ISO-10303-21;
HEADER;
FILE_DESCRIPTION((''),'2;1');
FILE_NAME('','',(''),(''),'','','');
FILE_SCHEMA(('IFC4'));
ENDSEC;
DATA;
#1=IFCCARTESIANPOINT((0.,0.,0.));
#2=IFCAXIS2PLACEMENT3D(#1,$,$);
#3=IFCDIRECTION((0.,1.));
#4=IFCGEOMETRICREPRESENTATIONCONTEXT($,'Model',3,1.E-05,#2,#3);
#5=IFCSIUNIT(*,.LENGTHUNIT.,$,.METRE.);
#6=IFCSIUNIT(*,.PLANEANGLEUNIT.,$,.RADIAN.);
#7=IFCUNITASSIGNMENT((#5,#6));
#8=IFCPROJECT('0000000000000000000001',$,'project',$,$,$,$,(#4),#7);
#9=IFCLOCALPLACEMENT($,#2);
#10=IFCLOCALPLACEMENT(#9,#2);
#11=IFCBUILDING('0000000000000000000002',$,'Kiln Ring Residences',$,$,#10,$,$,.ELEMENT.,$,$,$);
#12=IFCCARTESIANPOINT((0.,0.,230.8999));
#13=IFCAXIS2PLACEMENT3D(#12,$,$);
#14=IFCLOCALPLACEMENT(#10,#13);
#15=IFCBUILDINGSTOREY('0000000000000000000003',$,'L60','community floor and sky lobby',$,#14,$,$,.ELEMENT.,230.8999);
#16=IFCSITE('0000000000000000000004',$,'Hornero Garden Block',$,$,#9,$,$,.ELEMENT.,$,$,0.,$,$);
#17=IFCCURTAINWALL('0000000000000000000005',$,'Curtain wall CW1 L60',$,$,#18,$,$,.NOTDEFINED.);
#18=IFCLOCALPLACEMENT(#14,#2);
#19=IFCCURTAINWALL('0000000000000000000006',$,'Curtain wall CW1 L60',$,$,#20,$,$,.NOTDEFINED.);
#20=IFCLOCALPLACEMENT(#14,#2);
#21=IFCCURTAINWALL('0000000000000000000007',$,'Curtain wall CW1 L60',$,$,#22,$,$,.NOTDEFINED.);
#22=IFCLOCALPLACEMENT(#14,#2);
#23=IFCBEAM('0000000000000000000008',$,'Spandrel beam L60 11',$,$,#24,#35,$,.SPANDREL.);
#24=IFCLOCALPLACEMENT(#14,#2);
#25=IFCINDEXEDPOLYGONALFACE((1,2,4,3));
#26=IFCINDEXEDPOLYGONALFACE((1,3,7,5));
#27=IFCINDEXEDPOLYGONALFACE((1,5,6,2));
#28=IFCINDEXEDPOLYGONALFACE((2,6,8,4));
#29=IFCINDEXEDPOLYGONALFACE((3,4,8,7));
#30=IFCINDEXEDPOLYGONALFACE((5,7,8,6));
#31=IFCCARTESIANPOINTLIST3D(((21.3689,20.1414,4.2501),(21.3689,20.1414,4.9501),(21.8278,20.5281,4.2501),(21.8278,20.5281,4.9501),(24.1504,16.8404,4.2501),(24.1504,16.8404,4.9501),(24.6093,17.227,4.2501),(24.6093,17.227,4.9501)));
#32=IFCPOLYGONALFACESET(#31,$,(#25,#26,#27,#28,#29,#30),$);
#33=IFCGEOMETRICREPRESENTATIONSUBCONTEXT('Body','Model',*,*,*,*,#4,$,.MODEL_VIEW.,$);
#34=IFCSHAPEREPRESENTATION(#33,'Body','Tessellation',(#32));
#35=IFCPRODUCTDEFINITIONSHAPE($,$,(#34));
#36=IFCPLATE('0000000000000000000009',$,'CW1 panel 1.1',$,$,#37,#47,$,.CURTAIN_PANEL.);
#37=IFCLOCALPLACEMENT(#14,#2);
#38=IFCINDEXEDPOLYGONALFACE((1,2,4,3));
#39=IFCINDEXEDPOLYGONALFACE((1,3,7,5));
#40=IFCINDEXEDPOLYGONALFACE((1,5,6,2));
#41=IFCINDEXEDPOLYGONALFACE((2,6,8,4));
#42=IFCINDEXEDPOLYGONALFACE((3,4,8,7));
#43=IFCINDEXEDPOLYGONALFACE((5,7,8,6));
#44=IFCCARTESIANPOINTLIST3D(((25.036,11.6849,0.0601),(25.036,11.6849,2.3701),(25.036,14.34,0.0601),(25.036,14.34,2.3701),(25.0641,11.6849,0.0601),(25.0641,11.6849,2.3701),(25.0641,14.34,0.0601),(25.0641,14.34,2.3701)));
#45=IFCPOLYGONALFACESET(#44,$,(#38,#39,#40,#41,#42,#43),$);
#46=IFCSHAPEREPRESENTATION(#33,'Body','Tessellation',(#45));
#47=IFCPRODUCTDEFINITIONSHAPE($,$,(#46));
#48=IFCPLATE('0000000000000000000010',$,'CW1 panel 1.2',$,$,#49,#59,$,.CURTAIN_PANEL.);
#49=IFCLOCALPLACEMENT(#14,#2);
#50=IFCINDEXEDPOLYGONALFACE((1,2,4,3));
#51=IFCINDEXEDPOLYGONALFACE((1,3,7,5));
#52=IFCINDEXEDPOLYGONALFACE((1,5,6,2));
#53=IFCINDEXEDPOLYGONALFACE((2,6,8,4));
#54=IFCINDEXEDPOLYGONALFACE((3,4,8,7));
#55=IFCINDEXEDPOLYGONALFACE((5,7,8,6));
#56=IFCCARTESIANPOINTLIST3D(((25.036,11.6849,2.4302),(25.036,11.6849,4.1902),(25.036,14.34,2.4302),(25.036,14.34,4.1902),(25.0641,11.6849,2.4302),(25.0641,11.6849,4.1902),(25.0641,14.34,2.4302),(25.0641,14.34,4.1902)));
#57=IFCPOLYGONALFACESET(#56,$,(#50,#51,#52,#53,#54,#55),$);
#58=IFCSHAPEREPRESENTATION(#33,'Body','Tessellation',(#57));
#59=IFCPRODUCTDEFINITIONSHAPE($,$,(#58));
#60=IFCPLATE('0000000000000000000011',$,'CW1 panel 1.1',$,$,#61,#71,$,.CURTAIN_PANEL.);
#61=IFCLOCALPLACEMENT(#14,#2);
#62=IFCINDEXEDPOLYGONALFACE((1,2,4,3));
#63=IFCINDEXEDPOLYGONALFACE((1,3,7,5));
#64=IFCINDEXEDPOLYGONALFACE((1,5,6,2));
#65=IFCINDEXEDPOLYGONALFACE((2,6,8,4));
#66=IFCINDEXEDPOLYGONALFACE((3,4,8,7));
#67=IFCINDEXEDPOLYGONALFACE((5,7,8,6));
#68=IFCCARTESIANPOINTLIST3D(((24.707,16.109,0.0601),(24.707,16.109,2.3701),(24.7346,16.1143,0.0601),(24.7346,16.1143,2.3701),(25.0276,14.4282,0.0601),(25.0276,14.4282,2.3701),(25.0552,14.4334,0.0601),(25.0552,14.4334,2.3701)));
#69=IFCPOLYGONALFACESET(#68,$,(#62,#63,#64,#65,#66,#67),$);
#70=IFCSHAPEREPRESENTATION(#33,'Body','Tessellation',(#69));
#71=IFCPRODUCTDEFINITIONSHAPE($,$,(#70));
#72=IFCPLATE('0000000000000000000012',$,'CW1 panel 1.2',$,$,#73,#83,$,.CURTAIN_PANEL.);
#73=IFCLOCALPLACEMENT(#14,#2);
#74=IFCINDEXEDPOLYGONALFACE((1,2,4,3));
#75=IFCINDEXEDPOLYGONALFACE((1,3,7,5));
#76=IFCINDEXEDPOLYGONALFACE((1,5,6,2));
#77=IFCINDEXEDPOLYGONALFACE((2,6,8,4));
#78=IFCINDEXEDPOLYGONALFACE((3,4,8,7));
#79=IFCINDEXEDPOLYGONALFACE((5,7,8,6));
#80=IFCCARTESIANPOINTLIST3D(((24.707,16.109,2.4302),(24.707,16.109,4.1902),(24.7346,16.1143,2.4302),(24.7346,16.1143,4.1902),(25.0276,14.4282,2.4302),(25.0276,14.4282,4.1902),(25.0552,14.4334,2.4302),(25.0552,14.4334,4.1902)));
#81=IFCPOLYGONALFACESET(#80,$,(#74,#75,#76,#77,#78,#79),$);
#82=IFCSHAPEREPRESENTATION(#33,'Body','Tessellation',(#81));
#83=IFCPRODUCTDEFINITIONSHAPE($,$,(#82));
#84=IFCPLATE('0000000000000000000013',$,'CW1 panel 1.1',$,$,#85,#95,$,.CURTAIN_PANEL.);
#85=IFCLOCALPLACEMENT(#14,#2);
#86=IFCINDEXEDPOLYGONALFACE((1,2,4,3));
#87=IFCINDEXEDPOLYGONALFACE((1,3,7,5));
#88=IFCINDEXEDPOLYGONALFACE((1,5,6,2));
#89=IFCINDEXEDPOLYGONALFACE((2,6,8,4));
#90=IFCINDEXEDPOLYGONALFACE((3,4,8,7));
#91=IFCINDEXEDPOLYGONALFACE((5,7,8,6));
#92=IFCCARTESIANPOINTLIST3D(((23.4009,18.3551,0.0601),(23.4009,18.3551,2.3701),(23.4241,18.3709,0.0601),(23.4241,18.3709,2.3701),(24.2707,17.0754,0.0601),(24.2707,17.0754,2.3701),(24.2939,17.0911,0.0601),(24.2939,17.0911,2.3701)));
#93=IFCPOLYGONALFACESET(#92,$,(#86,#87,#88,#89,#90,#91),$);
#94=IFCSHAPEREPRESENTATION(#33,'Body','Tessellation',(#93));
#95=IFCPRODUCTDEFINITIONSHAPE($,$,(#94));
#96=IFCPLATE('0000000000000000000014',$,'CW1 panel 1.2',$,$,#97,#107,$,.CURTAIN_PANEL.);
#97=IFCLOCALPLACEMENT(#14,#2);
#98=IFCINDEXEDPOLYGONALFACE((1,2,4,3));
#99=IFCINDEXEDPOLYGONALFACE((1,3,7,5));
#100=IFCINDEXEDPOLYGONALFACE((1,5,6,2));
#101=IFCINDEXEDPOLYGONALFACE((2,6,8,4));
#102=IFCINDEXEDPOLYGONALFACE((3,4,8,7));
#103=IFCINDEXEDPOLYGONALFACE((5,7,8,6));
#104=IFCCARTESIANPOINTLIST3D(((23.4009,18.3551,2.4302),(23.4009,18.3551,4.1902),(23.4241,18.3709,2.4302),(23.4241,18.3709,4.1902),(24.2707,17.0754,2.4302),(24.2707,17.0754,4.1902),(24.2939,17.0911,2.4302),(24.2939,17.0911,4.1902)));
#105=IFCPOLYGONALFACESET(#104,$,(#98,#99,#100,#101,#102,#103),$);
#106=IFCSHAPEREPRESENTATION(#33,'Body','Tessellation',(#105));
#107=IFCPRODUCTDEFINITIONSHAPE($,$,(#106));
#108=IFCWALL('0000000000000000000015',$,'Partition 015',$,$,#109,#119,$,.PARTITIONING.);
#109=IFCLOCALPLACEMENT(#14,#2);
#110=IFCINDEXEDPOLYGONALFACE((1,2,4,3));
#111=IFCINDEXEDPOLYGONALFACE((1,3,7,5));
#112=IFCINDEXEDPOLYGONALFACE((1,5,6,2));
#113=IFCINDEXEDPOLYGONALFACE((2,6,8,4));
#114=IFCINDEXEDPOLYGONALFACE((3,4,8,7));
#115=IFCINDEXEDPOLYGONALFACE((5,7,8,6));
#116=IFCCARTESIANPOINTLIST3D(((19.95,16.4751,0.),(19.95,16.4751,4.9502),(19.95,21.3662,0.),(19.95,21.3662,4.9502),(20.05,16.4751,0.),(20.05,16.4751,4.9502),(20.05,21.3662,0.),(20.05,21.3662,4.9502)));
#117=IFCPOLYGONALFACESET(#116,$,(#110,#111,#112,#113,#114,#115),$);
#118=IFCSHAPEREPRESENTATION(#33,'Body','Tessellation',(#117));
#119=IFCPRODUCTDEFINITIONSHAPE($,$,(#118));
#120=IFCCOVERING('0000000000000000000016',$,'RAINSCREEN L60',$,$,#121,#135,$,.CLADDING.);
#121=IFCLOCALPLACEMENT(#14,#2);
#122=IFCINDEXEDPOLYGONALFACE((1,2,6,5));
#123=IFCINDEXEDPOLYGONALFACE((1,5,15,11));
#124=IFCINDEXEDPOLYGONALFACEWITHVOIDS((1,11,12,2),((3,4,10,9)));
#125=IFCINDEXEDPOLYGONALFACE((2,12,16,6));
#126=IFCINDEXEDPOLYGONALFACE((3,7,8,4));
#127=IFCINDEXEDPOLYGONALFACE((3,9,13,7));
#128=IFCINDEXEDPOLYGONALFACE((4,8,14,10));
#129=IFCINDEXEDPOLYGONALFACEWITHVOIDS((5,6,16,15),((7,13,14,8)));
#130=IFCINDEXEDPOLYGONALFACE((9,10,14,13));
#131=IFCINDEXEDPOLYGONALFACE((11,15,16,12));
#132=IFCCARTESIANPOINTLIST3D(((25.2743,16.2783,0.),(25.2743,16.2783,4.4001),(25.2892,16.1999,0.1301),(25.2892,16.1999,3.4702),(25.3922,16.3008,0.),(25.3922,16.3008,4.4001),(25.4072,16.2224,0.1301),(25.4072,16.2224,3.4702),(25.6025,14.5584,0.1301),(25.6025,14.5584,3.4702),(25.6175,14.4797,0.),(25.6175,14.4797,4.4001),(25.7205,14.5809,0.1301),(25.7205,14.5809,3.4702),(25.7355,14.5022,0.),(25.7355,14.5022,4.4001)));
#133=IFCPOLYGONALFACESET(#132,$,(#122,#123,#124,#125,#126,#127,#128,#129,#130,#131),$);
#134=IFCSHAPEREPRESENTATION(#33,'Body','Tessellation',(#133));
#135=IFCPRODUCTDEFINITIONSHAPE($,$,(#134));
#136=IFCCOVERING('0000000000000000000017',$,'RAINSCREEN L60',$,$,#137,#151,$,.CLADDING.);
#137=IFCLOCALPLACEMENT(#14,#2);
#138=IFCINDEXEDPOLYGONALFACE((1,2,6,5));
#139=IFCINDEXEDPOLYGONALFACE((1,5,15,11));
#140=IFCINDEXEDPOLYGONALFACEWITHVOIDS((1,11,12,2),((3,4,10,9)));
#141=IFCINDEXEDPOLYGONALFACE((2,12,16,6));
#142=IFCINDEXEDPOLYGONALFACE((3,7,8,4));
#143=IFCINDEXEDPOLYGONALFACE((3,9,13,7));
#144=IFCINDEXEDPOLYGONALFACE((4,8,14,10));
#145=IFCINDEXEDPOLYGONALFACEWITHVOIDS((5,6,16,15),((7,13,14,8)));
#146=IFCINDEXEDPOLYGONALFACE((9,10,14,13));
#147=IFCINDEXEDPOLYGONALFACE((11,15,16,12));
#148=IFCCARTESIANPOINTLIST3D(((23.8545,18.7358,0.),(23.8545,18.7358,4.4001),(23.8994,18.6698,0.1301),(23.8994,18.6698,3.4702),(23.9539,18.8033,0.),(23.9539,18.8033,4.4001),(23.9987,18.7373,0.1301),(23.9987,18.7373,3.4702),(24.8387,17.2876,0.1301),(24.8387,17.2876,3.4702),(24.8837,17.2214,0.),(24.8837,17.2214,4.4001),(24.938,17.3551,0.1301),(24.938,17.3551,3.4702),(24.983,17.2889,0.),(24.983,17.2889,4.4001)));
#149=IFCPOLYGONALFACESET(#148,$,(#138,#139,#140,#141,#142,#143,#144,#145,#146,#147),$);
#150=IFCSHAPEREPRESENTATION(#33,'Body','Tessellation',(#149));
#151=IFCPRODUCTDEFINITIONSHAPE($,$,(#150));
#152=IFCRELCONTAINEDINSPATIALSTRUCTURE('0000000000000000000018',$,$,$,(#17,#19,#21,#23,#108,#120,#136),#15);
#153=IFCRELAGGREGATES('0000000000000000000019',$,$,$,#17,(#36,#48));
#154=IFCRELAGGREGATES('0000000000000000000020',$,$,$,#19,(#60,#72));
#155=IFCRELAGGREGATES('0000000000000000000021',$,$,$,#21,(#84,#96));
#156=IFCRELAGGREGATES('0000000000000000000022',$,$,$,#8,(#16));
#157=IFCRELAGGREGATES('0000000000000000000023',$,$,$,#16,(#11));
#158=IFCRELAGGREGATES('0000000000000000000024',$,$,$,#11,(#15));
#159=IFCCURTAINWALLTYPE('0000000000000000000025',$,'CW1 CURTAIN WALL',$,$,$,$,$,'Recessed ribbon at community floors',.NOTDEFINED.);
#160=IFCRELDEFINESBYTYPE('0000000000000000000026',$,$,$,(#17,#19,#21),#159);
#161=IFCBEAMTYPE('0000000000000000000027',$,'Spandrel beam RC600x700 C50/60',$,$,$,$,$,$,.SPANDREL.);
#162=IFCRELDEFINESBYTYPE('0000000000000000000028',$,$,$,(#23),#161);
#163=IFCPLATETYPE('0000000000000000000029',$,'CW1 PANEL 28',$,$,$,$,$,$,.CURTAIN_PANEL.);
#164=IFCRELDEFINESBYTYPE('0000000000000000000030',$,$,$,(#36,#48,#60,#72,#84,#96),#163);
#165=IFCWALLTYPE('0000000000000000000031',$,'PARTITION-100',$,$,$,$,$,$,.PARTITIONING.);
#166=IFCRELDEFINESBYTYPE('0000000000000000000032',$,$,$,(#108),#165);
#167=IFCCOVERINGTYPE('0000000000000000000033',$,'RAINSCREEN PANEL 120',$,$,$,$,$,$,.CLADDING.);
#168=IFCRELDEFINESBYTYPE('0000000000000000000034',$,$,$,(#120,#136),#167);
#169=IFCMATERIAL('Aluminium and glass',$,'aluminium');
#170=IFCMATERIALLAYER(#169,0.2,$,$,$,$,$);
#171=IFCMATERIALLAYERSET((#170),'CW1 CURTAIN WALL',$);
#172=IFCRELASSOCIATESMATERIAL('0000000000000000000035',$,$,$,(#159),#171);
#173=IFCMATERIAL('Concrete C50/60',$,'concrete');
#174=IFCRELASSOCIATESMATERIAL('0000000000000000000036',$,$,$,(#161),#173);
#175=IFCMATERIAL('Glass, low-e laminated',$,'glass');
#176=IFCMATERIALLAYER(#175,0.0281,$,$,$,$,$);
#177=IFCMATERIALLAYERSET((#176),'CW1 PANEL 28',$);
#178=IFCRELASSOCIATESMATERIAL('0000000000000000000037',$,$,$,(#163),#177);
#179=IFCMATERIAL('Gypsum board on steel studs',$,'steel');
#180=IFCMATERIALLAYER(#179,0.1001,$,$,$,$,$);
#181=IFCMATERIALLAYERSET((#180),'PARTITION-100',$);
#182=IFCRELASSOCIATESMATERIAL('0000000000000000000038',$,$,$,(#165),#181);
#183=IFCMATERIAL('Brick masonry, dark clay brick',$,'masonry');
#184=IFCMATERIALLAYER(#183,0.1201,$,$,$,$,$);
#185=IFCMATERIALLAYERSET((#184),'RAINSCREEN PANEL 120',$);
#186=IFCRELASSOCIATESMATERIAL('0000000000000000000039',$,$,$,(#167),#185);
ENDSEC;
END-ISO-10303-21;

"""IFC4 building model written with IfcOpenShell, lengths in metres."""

from ifc_helpers import new_model, si_unit, direction, frame, frame_2d, origin, origin_2d, place, context, subcontext, project, spatial, polyline, rectangle, outline, extrude, material, layer, layer_set, material_profile, profile_set, type_object, element, aggregate, save


model = new_model("IFC4")

# Units and contexts
model_context = context("Model", 3, precision=1e-05, world=origin(), true_north=direction((0.0, 1.0)))
body_context = subcontext(model_context, "Body", "Model", "MODEL_VIEW")
ifc_project = project(units=[si_unit("LENGTHUNIT", "METRE"), si_unit("PLANEANGLEUNIT", "RADIAN")], contexts=[model_context])

# Site, building, storey
site_placement = place(None, origin())
site = spatial("IfcSite", under=ifc_project, at=site_placement, Name="Hornero Garden Block", CompositionType="ELEMENT", RefElevation=0.0)
building_placement = place(site_placement, origin())
building = spatial("IfcBuilding", under=site, at=building_placement, Name="Kiln Ring Residences", CompositionType="ELEMENT")
storey_placement = place(building_placement, frame((0.0, 0.0, 230.8999)))
storey = spatial("IfcBuildingStorey", under=building, at=storey_placement, Name="L60", Description="community floor and sky lobby", CompositionType="ELEMENT", Elevation=230.8999)

# Curtain wall
ifc_material_1 = material(Name="Aluminium and glass", Category="aluminium")
ifc_layer_1 = layer(ifc_material_1, 0.2)
ifc_layer_set_1 = layer_set([ifc_layer_1], Name="CW1 CURTAIN WALL")
curtain_wall_type = type_object("IfcCurtainWallType", Name="CW1 CURTAIN WALL", ElementType="Recessed ribbon at community floors", PredefinedType="NOTDEFINED", material=ifc_layer_set_1)
placement = place(storey_placement, origin())
curtain_wall_1 = element("IfcCurtainWall", 1, at=placement, inside=storey, type_object=curtain_wall_type, Name="Curtain wall CW1 L60", PredefinedType="NOTDEFINED")

# Curtain walls
curtain_wall_2 = element("IfcCurtainWall", 2, at=placement, inside=storey, type_object=curtain_wall_type, Name="Curtain wall CW1 L60", PredefinedType="NOTDEFINED")
curtain_wall_3 = element("IfcCurtainWall", 3, at=placement, inside=storey, type_object=curtain_wall_type, Name="Curtain wall CW1 L60", PredefinedType="NOTDEFINED")

# Beam
ifc_material_2 = material(Name="Concrete C50/60", Category="concrete")
ifc_material_profile_1 = material_profile(ifc_material_2, rectangle(XDim=0.6001, YDim=0.7, at=origin_2d()), Name="RC600x700")
ifc_profile_set_1 = profile_set([ifc_material_profile_1], Name="Concrete C50/60")
beam_type = type_object("IfcBeamType", Name="Spandrel beam RC600x700 C50/60", PredefinedType="SPANDREL", material=ifc_profile_set_1)
beam_placement = place(storey_placement, frame((24.3799, 17.0337, 4.6001), z_axis=(-0.644364, 0.764719, 0.0), x_axis=(-0.764719, -0.644364, 0.0)))
element("IfcBeam", 4, at=beam_placement, inside=storey, type_object=beam_type, Name="Spandrel beam L60 11", PredefinedType="SPANDREL", context=body_context, shape_type="SweptSolid", body=[
    extrude(rectangle(XDim=0.6001, YDim=0.7, at=origin_2d()), origin(), (0.0, 0.0, 1.0), 4.3167),
])

# Plates
ifc_material_3 = material(Name="Glass, low-e laminated", Category="glass")
ifc_layer_2 = layer(ifc_material_3, 0.0281)
ifc_layer_set_2 = layer_set([ifc_layer_2], Name="CW1 PANEL 28")
plate_type = type_object("IfcPlateType", Name="CW1 PANEL 28", PredefinedType="CURTAIN_PANEL", material=ifc_layer_set_2)
plate_1_placement = place(storey_placement, frame((25.05, 13.0125, 0.0601), z_axis=(0.0, 0.0, 1.0), x_axis=(0.0, 1.0, 0.0)))
plate_1 = element("IfcPlate", 5, at=plate_1_placement, type_object=plate_type, Name="CW1 panel 1.1", PredefinedType="CURTAIN_PANEL", context=body_context, shape_type="SweptSolid", body=[
    extrude(rectangle(XDim=2.655, YDim=0.0281, at=origin_2d()), origin(), (0.0, 0.0, 1.0), 2.3101),
])
plate_2_placement = place(storey_placement, frame((25.05, 13.0125, 2.4302), z_axis=(0.0, 0.0, 1.0), x_axis=(0.0, 1.0, 0.0)))
plate_2 = element("IfcPlate", 6, at=plate_2_placement, type_object=plate_type, Name="CW1 panel 1.2", PredefinedType="CURTAIN_PANEL", context=body_context, shape_type="SweptSolid", body=[
    extrude(rectangle(XDim=2.655, YDim=0.0281, at=origin_2d()), origin(), (0.0, 0.0, 1.0), 1.76),
])
aggregate(curtain_wall_1, [plate_1, plate_2])
plate_3_placement = place(storey_placement, frame((24.8811, 15.2712, 0.0601), z_axis=(0.0, 0.0, 1.0), x_axis=(-0.187366, 0.98229, 0.0)))
plate_3 = element("IfcPlate", 7, at=plate_3_placement, type_object=plate_type, Name="CW1 panel 1.1", PredefinedType="CURTAIN_PANEL", context=body_context, shape_type="SweptSolid", body=[
    extrude(rectangle(XDim=1.7112, YDim=0.0281, at=origin_2d()), origin(), (0.0, 0.0, 1.0), 2.3101),
])
plate_4_placement = place(storey_placement, frame((24.8811, 15.2712, 2.4302), z_axis=(0.0, 0.0, 1.0), x_axis=(-0.187366, 0.98229, 0.0)))
plate_4 = element("IfcPlate", 8, at=plate_4_placement, type_object=plate_type, Name="CW1 panel 1.2", PredefinedType="CURTAIN_PANEL", context=body_context, shape_type="SweptSolid", body=[
    extrude(rectangle(XDim=1.7112, YDim=0.0281, at=origin_2d()), origin(), (0.0, 0.0, 1.0), 1.76),
])
aggregate(curtain_wall_2, [plate_3, plate_4])
plate_5_placement = place(storey_placement, frame((23.8474, 17.7231, 0.0601), z_axis=(0.0, 0.0, 1.0), x_axis=(-0.562097, 0.827072, 0.0)))
plate_5 = element("IfcPlate", 9, at=plate_5_placement, type_object=plate_type, Name="CW1 panel 1.1", PredefinedType="CURTAIN_PANEL", context=body_context, shape_type="SweptSolid", body=[
    extrude(rectangle(XDim=1.5474, YDim=0.0281, at=origin_2d()), origin(), (0.0, 0.0, 1.0), 2.3101),
])
plate_6_placement = place(storey_placement, frame((23.8474, 17.7231, 2.4302), z_axis=(0.0, 0.0, 1.0), x_axis=(-0.562097, 0.827072, 0.0)))
plate_6 = element("IfcPlate", 10, at=plate_6_placement, type_object=plate_type, Name="CW1 panel 1.2", PredefinedType="CURTAIN_PANEL", context=body_context, shape_type="SweptSolid", body=[
    extrude(rectangle(XDim=1.5474, YDim=0.0281, at=origin_2d()), origin(), (0.0, 0.0, 1.0), 1.76),
])
aggregate(curtain_wall_3, [plate_5, plate_6])

# Wall
ifc_material_4 = material(Name="Gypsum board on steel studs", Category="steel")
ifc_layer_3 = layer(ifc_material_4, 0.1001)
ifc_layer_set_3 = layer_set([ifc_layer_3], Name="PARTITION-100")
wall_type = type_object("IfcWallType", Name="PARTITION-100", PredefinedType="PARTITIONING", material=ifc_layer_set_3)
wall_placement = place(storey_placement, frame((20.0, 16.4751, 0.0), z_axis=(0.0, 0.0, 1.0), x_axis=(0.0, 1.0, 0.0)))
element("IfcWall", 11, at=wall_placement, inside=storey, type_object=wall_type, Name="Partition 015", PredefinedType="PARTITIONING", context=body_context, shape_type="SweptSolid", body=[
    extrude(rectangle(XDim=4.8911, YDim=0.1001, at=frame_2d((2.4456, 0.0))), origin(), (0.0, 0.0, 1.0), 4.9502),
])

# Coverings
ifc_material_5 = material(Name="Brick masonry, dark clay brick", Category="masonry")
ifc_layer_4 = layer(ifc_material_5, 0.1201)
ifc_layer_set_4 = layer_set([ifc_layer_4], Name="RAINSCREEN PANEL 120")
covering_type = type_object("IfcCoveringType", Name="RAINSCREEN PANEL 120", PredefinedType="CLADDING", material=ifc_layer_set_4)
for number, where, z_axis, x_axis, name in (
    (12, (25.6765, 14.491, 0.0), (0.0, 0.0, 1.0), (-0.187467, 0.982271, 0.0), "RAINSCREEN L60"),
    (13, (24.9333, 17.2551, 0.0), (0.0, 0.0, 1.0), (-0.562062, 0.827095, 0.0), "RAINSCREEN L60"),
):
    element("IfcCovering", number, at=place(storey_placement, frame(where, z_axis=z_axis, x_axis=x_axis)), inside=storey, type_object=covering_type, Name=name, PredefinedType="CLADDING", context=body_context, shape_type="SweptSolid", body=[
        extrude(outline(polyline([(0.0, 0.0), (1.8311, 0.0), (1.8311, 4.4001), (0.0, 4.4001), (0.0, 0.0)]), holes=[polyline([(0.0801, 3.4702), (0.0801, 0.1301), (1.7512, 0.1301), (1.7512, 3.4702), (0.0801, 3.4702)])]), frame((0.0, 0.0601, 0.0), z_axis=(0.0, -1.0, 0.0), x_axis=(1.0, 0.0, 0.0)), (0.0, 0.0, 1.0), 0.1201),
    ])

save(model, "model.ifc")
